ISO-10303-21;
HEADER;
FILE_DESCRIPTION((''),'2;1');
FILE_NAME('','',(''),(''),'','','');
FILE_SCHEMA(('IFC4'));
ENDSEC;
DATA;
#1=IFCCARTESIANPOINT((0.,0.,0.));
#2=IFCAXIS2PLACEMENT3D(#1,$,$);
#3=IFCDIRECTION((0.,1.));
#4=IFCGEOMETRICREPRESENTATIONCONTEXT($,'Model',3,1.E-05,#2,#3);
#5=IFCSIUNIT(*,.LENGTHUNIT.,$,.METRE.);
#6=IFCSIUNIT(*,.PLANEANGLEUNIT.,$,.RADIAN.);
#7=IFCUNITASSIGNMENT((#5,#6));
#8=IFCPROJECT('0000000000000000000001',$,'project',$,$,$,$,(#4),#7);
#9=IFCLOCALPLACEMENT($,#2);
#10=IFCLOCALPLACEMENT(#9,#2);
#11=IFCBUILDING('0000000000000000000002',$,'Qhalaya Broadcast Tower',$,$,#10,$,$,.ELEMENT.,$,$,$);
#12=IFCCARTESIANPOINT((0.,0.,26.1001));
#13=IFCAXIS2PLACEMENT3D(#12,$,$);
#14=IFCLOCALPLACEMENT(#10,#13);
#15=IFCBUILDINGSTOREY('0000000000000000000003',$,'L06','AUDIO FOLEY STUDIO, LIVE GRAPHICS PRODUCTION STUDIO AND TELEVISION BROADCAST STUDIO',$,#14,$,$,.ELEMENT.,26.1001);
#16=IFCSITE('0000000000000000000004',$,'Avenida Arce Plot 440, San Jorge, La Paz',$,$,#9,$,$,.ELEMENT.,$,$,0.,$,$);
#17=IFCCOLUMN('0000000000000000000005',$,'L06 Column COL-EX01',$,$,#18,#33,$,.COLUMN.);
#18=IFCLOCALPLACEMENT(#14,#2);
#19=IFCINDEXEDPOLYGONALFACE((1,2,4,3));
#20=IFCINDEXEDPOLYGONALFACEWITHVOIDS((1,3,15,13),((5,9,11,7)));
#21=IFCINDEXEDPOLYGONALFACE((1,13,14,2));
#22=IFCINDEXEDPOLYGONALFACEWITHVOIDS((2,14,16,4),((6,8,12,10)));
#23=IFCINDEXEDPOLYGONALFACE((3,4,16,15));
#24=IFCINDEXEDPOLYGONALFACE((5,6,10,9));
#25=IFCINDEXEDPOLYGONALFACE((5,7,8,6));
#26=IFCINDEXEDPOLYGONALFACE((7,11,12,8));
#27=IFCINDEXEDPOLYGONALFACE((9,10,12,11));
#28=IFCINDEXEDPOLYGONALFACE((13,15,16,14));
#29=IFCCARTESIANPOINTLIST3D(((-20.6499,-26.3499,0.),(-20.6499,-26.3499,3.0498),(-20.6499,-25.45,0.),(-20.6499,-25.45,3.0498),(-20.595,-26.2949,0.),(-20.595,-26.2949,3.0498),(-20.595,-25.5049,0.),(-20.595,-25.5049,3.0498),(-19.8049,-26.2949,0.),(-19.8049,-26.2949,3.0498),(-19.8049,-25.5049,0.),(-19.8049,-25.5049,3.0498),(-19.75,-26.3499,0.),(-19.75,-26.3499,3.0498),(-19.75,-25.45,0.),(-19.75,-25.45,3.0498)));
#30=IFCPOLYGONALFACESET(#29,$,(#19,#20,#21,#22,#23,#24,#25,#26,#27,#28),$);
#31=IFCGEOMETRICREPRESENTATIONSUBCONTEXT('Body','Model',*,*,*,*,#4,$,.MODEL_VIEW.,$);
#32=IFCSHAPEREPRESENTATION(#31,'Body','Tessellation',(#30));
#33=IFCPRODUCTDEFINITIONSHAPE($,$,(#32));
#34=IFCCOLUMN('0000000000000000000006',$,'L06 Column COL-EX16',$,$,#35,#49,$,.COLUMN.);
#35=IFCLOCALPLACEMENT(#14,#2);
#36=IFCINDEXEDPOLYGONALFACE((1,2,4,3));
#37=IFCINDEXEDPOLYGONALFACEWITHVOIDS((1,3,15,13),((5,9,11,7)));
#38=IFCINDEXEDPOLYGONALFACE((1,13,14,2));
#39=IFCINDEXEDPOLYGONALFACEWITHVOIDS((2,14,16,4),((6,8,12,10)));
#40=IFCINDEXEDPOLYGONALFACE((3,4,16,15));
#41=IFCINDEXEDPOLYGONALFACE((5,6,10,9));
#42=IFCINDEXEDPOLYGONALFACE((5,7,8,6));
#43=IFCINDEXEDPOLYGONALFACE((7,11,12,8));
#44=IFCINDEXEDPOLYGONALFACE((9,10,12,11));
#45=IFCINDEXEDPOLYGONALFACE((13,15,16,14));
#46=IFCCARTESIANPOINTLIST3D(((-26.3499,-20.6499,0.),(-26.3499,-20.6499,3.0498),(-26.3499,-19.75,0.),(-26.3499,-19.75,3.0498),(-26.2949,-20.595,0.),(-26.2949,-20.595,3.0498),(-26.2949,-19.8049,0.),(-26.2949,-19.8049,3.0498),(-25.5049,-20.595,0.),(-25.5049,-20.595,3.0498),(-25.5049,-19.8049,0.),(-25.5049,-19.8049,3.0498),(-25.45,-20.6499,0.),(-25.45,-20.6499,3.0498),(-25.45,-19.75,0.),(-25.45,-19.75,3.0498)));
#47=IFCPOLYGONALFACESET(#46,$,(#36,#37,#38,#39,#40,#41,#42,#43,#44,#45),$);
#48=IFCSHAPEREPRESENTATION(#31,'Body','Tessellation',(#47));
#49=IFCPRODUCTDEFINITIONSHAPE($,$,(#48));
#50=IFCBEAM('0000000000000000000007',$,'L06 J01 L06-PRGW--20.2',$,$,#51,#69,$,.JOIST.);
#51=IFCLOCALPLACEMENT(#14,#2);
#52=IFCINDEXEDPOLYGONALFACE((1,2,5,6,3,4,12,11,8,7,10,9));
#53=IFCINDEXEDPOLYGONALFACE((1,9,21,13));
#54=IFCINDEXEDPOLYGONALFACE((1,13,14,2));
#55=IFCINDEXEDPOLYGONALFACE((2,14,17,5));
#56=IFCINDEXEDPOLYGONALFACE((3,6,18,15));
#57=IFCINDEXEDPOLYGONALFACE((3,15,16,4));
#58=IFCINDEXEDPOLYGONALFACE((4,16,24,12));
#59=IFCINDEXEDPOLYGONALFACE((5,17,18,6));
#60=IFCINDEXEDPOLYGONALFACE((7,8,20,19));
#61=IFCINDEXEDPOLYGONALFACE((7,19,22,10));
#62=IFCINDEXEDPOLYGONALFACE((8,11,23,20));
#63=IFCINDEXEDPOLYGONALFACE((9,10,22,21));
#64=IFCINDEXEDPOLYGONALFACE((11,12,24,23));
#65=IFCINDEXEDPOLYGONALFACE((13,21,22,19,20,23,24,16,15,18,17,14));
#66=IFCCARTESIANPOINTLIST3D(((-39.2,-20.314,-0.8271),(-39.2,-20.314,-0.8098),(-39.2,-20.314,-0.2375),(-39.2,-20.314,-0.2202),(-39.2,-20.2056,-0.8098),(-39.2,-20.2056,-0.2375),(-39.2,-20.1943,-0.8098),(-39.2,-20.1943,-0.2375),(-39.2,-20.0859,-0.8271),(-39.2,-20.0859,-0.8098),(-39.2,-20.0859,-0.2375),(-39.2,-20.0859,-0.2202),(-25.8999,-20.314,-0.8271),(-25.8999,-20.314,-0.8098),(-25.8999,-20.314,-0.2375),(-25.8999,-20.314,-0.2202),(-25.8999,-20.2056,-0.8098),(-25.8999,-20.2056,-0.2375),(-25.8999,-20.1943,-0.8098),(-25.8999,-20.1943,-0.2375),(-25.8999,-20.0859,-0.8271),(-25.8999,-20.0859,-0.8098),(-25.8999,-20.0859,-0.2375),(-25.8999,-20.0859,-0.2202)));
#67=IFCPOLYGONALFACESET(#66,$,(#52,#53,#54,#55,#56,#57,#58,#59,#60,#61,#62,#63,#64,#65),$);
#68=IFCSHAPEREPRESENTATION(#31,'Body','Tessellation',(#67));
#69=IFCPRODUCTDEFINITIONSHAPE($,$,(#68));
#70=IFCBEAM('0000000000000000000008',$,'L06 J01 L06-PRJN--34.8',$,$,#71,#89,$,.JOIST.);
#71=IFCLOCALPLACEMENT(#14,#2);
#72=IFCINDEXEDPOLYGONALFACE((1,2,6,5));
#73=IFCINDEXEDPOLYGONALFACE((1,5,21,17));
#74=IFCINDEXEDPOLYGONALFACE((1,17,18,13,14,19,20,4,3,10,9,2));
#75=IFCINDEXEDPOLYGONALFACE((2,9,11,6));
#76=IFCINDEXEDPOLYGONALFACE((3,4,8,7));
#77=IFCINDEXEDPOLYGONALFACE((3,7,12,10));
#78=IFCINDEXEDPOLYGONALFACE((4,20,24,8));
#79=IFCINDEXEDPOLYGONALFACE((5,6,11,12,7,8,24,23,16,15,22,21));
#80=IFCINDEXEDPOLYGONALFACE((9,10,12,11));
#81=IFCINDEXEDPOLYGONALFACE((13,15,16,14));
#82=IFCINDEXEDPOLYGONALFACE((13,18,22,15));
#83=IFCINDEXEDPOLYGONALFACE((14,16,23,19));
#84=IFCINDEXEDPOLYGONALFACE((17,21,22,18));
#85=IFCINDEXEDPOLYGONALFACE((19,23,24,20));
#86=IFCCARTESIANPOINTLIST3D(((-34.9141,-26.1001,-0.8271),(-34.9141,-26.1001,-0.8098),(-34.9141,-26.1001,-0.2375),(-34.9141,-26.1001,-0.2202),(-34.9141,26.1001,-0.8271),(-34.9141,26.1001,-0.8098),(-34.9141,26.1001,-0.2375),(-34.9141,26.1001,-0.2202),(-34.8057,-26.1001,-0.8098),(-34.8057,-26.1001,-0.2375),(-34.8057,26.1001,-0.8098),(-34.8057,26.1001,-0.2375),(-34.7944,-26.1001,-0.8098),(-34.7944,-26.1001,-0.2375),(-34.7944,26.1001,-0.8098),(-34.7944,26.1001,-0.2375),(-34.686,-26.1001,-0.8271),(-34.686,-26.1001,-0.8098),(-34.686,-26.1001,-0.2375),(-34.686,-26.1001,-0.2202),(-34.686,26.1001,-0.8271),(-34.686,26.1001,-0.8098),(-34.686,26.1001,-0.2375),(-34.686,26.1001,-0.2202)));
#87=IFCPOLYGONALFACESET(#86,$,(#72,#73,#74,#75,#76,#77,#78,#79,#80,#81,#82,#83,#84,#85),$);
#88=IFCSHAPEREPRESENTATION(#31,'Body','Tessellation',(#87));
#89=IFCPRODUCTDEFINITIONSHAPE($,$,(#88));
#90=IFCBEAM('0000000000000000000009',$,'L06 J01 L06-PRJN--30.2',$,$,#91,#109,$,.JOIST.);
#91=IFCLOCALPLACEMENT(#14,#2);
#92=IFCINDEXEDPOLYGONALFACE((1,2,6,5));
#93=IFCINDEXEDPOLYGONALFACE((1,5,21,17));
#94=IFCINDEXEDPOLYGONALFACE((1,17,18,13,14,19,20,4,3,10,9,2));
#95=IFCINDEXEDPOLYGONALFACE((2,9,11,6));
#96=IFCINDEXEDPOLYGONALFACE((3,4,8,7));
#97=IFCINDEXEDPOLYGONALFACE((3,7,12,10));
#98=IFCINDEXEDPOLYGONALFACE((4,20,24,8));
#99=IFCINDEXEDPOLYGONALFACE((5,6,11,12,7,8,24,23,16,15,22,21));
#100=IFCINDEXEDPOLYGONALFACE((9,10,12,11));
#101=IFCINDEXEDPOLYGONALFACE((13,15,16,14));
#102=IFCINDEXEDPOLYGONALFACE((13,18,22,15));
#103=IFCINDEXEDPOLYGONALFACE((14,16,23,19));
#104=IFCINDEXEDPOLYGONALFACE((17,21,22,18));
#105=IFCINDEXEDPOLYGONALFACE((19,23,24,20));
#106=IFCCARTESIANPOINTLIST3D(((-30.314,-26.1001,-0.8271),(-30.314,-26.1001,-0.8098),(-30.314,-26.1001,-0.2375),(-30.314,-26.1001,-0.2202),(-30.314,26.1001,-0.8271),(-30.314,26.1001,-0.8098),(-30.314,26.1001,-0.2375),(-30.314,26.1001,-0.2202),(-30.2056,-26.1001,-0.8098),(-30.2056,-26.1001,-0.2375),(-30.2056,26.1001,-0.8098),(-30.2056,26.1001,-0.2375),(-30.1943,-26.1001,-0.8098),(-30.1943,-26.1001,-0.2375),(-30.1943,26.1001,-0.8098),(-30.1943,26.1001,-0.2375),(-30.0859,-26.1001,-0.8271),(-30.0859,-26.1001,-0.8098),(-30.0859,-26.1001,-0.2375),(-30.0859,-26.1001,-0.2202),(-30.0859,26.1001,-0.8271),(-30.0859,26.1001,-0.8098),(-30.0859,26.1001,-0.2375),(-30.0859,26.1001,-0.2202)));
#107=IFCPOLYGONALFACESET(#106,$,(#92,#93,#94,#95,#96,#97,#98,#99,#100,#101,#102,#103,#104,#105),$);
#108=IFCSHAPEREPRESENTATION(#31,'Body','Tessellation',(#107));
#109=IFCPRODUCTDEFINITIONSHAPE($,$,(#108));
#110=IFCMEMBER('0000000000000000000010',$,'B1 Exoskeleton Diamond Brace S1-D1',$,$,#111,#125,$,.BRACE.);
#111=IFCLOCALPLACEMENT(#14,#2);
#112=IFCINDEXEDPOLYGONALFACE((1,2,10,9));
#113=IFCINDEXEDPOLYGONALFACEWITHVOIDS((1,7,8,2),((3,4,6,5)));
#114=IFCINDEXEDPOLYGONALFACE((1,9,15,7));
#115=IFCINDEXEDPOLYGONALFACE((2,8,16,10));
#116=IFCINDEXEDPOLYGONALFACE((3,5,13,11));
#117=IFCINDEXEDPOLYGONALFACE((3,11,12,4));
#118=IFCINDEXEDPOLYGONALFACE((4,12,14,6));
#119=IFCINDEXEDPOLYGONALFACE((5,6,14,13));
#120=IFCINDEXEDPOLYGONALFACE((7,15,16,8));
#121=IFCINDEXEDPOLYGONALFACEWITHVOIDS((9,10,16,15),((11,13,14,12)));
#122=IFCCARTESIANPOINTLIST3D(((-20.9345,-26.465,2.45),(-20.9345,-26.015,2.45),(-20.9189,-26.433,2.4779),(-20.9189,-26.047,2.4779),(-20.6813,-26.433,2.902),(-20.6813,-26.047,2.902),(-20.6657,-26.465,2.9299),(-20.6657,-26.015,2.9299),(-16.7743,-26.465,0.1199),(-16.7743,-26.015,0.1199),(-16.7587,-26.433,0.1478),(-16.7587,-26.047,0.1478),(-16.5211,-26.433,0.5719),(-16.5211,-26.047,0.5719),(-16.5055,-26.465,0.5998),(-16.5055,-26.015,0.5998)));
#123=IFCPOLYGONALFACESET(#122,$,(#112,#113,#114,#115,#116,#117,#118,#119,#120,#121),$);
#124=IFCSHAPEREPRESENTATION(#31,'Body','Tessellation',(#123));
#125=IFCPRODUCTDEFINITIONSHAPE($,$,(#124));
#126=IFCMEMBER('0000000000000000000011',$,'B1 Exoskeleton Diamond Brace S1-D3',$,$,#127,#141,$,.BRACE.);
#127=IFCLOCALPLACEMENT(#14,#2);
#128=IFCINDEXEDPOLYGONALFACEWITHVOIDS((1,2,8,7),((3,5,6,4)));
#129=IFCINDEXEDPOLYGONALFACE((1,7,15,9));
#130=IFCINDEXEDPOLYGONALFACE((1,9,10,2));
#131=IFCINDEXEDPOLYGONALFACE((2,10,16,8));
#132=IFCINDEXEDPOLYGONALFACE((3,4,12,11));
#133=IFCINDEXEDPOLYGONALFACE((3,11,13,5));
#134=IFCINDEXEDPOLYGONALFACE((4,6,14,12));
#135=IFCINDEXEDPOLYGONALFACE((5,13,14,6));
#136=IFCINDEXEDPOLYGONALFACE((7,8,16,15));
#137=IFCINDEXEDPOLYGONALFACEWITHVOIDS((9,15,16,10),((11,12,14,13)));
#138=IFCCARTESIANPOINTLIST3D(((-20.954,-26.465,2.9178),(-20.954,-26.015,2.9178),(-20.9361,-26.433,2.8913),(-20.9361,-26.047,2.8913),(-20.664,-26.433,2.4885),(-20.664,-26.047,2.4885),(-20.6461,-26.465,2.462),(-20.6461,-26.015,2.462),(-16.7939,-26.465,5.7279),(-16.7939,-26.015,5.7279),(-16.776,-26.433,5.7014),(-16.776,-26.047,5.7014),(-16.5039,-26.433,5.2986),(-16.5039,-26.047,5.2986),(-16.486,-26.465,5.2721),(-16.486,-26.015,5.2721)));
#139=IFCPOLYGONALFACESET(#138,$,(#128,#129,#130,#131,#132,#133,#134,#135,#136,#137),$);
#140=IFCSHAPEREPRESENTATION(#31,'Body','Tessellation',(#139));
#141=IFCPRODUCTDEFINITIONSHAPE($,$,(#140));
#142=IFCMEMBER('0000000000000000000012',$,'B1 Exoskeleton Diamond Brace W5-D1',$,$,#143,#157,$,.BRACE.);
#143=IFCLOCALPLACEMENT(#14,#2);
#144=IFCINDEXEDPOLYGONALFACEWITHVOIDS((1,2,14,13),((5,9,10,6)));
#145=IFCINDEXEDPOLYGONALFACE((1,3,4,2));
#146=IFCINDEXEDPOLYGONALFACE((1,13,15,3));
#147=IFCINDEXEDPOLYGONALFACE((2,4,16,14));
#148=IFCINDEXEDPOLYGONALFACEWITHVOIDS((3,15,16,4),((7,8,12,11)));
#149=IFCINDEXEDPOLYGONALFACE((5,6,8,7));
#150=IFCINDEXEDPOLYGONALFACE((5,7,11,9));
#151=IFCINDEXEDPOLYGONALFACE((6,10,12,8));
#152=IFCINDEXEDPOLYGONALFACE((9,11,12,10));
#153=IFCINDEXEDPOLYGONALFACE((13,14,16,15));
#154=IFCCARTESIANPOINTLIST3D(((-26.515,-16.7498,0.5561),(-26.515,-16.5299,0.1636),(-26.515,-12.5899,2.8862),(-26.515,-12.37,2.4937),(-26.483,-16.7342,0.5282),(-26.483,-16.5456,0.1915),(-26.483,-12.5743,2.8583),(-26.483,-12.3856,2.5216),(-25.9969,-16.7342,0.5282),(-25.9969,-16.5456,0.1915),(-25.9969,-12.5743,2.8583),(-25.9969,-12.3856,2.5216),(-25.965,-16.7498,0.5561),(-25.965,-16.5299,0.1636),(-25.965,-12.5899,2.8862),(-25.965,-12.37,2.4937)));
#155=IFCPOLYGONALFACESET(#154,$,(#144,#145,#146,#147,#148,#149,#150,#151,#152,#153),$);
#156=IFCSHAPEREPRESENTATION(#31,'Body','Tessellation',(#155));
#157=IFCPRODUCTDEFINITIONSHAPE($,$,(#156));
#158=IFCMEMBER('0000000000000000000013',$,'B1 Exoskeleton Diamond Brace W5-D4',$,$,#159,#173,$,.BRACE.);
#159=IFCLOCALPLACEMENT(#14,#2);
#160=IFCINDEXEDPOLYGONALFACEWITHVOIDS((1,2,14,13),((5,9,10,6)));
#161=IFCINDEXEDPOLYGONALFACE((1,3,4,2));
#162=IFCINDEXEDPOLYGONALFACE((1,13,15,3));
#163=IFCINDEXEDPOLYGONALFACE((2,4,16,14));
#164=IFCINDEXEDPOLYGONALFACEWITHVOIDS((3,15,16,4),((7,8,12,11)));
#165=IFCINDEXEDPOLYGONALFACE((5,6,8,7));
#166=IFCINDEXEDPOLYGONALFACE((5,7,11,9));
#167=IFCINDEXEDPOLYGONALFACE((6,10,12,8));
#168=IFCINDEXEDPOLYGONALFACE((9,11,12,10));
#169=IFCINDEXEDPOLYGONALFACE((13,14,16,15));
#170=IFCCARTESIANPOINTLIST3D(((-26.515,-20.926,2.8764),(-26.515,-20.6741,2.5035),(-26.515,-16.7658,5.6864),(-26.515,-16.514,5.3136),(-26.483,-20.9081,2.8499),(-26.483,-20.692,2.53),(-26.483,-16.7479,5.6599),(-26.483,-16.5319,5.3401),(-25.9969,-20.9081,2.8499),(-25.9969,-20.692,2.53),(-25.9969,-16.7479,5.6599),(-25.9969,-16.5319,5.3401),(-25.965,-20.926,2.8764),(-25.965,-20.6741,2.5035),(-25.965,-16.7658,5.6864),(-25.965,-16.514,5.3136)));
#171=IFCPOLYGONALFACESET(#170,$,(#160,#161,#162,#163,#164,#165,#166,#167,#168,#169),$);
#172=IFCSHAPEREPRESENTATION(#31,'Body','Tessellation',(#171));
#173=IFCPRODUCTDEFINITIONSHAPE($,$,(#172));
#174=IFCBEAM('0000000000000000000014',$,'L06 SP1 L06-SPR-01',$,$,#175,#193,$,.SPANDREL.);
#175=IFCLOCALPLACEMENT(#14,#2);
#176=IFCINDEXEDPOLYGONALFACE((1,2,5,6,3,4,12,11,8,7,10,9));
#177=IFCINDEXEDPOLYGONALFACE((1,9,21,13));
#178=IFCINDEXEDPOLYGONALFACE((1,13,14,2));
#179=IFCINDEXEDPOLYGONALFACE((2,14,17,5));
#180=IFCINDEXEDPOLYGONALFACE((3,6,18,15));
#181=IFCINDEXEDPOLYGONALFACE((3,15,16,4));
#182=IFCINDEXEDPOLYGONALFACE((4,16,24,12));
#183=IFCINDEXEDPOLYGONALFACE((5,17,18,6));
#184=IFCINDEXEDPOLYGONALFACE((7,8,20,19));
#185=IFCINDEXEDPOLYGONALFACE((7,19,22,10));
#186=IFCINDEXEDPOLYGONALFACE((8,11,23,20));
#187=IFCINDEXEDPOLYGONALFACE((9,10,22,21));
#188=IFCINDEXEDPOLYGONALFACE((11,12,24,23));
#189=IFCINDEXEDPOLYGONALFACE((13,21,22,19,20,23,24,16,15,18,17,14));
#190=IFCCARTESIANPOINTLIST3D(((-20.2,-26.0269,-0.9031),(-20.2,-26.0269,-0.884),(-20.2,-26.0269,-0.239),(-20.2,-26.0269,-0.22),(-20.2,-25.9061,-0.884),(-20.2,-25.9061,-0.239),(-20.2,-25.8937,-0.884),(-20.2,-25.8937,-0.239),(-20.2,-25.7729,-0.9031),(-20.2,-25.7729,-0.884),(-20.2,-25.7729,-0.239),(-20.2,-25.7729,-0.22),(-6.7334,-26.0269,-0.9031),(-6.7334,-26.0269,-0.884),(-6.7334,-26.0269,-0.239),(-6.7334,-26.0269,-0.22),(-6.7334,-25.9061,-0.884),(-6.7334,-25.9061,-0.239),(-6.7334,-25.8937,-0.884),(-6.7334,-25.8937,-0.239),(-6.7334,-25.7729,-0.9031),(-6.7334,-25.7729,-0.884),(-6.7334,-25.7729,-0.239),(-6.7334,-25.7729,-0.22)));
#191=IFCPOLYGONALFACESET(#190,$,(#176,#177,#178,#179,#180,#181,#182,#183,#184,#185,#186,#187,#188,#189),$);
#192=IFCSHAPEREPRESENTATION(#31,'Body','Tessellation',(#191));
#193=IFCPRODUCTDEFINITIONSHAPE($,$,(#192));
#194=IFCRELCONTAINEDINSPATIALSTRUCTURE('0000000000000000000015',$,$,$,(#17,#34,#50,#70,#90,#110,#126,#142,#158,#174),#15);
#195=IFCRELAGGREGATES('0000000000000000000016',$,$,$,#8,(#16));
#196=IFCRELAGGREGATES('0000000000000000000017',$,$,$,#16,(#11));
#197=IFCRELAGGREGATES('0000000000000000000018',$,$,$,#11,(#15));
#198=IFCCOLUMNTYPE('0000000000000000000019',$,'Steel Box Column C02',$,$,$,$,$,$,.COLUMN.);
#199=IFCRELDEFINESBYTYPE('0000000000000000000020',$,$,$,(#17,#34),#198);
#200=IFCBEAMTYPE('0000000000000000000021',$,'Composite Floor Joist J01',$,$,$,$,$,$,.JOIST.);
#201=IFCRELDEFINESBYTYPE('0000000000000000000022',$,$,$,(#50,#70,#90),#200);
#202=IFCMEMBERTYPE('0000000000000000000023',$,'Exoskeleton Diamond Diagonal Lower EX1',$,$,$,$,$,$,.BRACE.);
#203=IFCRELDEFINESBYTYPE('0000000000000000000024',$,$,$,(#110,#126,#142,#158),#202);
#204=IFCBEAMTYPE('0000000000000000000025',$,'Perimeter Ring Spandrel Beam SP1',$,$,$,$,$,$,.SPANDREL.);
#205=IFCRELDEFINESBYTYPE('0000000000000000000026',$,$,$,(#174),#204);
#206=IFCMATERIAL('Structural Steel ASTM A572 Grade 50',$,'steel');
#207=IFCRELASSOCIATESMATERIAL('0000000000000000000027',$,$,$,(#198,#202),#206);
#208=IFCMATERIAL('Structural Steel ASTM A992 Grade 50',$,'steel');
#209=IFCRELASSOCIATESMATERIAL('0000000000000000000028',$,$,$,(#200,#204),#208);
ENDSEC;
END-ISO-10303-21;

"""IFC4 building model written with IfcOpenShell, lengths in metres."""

from ifc_helpers import new_model, si_unit, direction, frame, origin, origin_2d, place, context, subcontext, project, spatial, hollow_rectangle, i_section, extrude, material, material_profile, profile_set, type_object, element, save


model = new_model("IFC4")

# Units and contexts
model_context = context("Model", 3, precision=1e-05, world=origin(), true_north=direction((0.0, 1.0)))
body_context = subcontext(model_context, "Body", "Model", "MODEL_VIEW")
ifc_project = project(units=[si_unit("LENGTHUNIT", "METRE"), si_unit("PLANEANGLEUNIT", "RADIAN")], contexts=[model_context])

# Site, building, storey
site_placement = place(None, origin())
site = spatial("IfcSite", under=ifc_project, at=site_placement, Name="Avenida Arce Plot 440, San Jorge, La Paz", CompositionType="ELEMENT", RefElevation=0.0)
building_placement = place(site_placement, origin())
building = spatial("IfcBuilding", under=site, at=building_placement, Name="Qhalaya Broadcast Tower", CompositionType="ELEMENT")
storey_placement = place(building_placement, frame((0.0, 0.0, 26.1001)))
storey = spatial("IfcBuildingStorey", under=building, at=storey_placement, Name="L06", Description="AUDIO FOLEY STUDIO, LIVE GRAPHICS PRODUCTION STUDIO AND TELEVISION BROADCAST STUDIO", CompositionType="ELEMENT", Elevation=26.1001)

# Columns
ifc_material_1 = material(Name="Structural Steel ASTM A572 Grade 50", Category="steel")
ifc_material_profile_1 = material_profile(ifc_material_1, hollow_rectangle(XDim=0.8999, YDim=0.8999, WallThickness=0.0549, at=origin_2d()), Name="BOX 900x900x55")
ifc_profile_set_1 = profile_set([ifc_material_profile_1], Name="Structural Steel ASTM A572 Grade 50")
column_type = type_object("IfcColumnType", Name="Steel Box Column C02", PredefinedType="COLUMN", material=ifc_profile_set_1)
for number, where, z_axis, x_axis, name in (
    (1, (-20.2, -25.8999, 0.0), (0.0, 0.0, 1.0), (1.0, 0.0, 0.0), "L06 Column COL-EX01"),
    (2, (-25.8999, -20.2, 0.0), (0.0, 0.0, 1.0), (0.0, 1.0, 0.0), "L06 Column COL-EX16"),
):
    element("IfcColumn", number, at=place(storey_placement, frame(where, z_axis=z_axis, x_axis=x_axis)), inside=storey, type_object=column_type, Name=name, PredefinedType="COLUMN", context=body_context, shape_type="SweptSolid", body=[
        extrude(hollow_rectangle(XDim=0.8999, YDim=0.8999, WallThickness=0.0549, at=origin_2d()), origin(), (0.0, 0.0, 1.0), 3.0498),
    ])

# Beams
ifc_material_2 = material(Name="Structural Steel ASTM A992 Grade 50", Category="steel")
ifc_material_profile_2 = material_profile(ifc_material_2, i_section(OverallWidth=0.228, OverallDepth=0.6069, WebThickness=0.0112, FlangeThickness=0.0173, at=origin_2d()), Name="W24X76")
ifc_profile_set_2 = profile_set([ifc_material_profile_2], Name="Structural Steel ASTM A992 Grade 50")
beam_type_1 = type_object("IfcBeamType", Name="Composite Floor Joist J01", PredefinedType="JOIST", material=ifc_profile_set_2)
beam_1_placement = place(storey_placement, frame((-39.2, -20.2, -0.5237), z_axis=(1.0, 0.0, 0.0), x_axis=(0.0, 1.0, 0.0)))
element("IfcBeam", 3, at=beam_1_placement, inside=storey, type_object=beam_type_1, Name="L06 J01 L06-PRGW--20.2", PredefinedType="JOIST", context=body_context, shape_type="SweptSolid", body=[
    extrude(i_section(OverallWidth=0.228, OverallDepth=0.6069, WebThickness=0.0112, FlangeThickness=0.0173, at=origin_2d()), origin(), (0.0, 0.0, 1.0), 13.3),
])
for number, where, z_axis, x_axis, name in (
    (4, (-34.8, -26.1001, -0.5237), (0.0, 1.0, 0.0), (-1.0, 0.0, 0.0), "L06 J01 L06-PRJN--34.8"),
    (5, (-30.2, -26.1001, -0.5237), (0.0, 1.0, 0.0), (-1.0, 0.0, 0.0), "L06 J01 L06-PRJN--30.2"),
):
    element("IfcBeam", number, at=place(storey_placement, frame(where, z_axis=z_axis, x_axis=x_axis)), inside=storey, type_object=beam_type_1, Name=name, PredefinedType="JOIST", context=body_context, shape_type="SweptSolid", body=[
        extrude(i_section(OverallWidth=0.228, OverallDepth=0.6069, WebThickness=0.0112, FlangeThickness=0.0173, at=origin_2d()), origin(), (0.0, 0.0, 1.0), 52.2002),
    ])

# Members
ifc_material_profile_3 = material_profile(ifc_material_1, hollow_rectangle(XDim=0.45, YDim=0.55, WallThickness=0.032, at=origin_2d()), Name="BOX 450x550x32")
ifc_profile_set_3 = profile_set([ifc_material_profile_3], Name="Structural Steel ASTM A572 Grade 50")
member_type = type_object("IfcMemberType", Name="Exoskeleton Diamond Diagonal Lower EX1", PredefinedType="BRACE", material=ifc_profile_set_3)
member_1_placement = place(storey_placement, frame((-16.6399, -26.24, 0.3599), z_axis=(-0.872471, 0.0, 0.488666), x_axis=(0.0, -1.0, 0.0)))
element("IfcMember", 6, at=member_1_placement, inside=storey, type_object=member_type, Name="B1 Exoskeleton Diamond Brace S1-D1", PredefinedType="BRACE", context=body_context, shape_type="SweptSolid", body=[
    extrude(hollow_rectangle(XDim=0.45, YDim=0.55, WallThickness=0.032, at=origin_2d()), origin(), (0.0, 0.0, 1.0), 4.7683),
])
member_2_placement = place(storey_placement, frame((-20.8, -26.24, 2.6899), z_axis=(0.828668, 0.0, 0.55974), x_axis=(0.0, 1.0, 0.0)))
element("IfcMember", 7, at=member_2_placement, inside=storey, type_object=member_type, Name="B1 Exoskeleton Diamond Brace S1-D3", PredefinedType="BRACE", context=body_context, shape_type="SweptSolid", body=[
    extrude(hollow_rectangle(XDim=0.45, YDim=0.55, WallThickness=0.032, at=origin_2d()), origin(), (0.0, 0.0, 1.0), 5.0203),
])
member_3_placement = place(storey_placement, frame((-26.24, -16.6399, 0.3599), z_axis=(0.0, 0.872459, 0.488688), x_axis=(0.0, -0.488688, 0.872459)))
element("IfcMember", 8, at=member_3_placement, inside=storey, type_object=member_type, Name="B1 Exoskeleton Diamond Brace W5-D1", PredefinedType="BRACE", context=body_context, shape_type="SweptSolid", body=[
    extrude(hollow_rectangle(XDim=0.45, YDim=0.55, WallThickness=0.032, at=origin_2d()), origin(), (0.0, 0.0, 1.0), 4.7681),
])
member_4_placement = place(storey_placement, frame((-26.24, -20.8, 2.6899), z_axis=(0.0, 0.828668, 0.55974), x_axis=(0.0, -0.55974, 0.828668)))
element("IfcMember", 9, at=member_4_placement, inside=storey, type_object=member_type, Name="B1 Exoskeleton Diamond Brace W5-D4", PredefinedType="BRACE", context=body_context, shape_type="SweptSolid", body=[
    extrude(hollow_rectangle(XDim=0.45, YDim=0.55, WallThickness=0.032, at=origin_2d()), origin(), (0.0, 0.0, 1.0), 5.0203),
])

# Beam
ifc_material_profile_4 = material_profile(ifc_material_2, i_section(OverallWidth=0.2539, OverallDepth=0.6831, WebThickness=0.0125, FlangeThickness=0.019, at=origin_2d()), Name="W27X94")
ifc_profile_set_4 = profile_set([ifc_material_profile_4], Name="Structural Steel ASTM A992 Grade 50")
beam_type_2 = type_object("IfcBeamType", Name="Perimeter Ring Spandrel Beam SP1", PredefinedType="SPANDREL", material=ifc_profile_set_4)
beam_2_placement = place(storey_placement, frame((-20.2, -25.8999, -0.5615), z_axis=(1.0, 0.0, 0.0), x_axis=(0.0, 1.0, 0.0)))
element("IfcBeam", 10, at=beam_2_placement, inside=storey, type_object=beam_type_2, Name="L06 SP1 L06-SPR-01", PredefinedType="SPANDREL", context=body_context, shape_type="SweptSolid", body=[
    extrude(i_section(OverallWidth=0.2539, OverallDepth=0.6831, WebThickness=0.0125, FlangeThickness=0.019, at=origin_2d()), origin(), (0.0, 0.0, 1.0), 13.4666),
])

save(model, "model.ifc")
